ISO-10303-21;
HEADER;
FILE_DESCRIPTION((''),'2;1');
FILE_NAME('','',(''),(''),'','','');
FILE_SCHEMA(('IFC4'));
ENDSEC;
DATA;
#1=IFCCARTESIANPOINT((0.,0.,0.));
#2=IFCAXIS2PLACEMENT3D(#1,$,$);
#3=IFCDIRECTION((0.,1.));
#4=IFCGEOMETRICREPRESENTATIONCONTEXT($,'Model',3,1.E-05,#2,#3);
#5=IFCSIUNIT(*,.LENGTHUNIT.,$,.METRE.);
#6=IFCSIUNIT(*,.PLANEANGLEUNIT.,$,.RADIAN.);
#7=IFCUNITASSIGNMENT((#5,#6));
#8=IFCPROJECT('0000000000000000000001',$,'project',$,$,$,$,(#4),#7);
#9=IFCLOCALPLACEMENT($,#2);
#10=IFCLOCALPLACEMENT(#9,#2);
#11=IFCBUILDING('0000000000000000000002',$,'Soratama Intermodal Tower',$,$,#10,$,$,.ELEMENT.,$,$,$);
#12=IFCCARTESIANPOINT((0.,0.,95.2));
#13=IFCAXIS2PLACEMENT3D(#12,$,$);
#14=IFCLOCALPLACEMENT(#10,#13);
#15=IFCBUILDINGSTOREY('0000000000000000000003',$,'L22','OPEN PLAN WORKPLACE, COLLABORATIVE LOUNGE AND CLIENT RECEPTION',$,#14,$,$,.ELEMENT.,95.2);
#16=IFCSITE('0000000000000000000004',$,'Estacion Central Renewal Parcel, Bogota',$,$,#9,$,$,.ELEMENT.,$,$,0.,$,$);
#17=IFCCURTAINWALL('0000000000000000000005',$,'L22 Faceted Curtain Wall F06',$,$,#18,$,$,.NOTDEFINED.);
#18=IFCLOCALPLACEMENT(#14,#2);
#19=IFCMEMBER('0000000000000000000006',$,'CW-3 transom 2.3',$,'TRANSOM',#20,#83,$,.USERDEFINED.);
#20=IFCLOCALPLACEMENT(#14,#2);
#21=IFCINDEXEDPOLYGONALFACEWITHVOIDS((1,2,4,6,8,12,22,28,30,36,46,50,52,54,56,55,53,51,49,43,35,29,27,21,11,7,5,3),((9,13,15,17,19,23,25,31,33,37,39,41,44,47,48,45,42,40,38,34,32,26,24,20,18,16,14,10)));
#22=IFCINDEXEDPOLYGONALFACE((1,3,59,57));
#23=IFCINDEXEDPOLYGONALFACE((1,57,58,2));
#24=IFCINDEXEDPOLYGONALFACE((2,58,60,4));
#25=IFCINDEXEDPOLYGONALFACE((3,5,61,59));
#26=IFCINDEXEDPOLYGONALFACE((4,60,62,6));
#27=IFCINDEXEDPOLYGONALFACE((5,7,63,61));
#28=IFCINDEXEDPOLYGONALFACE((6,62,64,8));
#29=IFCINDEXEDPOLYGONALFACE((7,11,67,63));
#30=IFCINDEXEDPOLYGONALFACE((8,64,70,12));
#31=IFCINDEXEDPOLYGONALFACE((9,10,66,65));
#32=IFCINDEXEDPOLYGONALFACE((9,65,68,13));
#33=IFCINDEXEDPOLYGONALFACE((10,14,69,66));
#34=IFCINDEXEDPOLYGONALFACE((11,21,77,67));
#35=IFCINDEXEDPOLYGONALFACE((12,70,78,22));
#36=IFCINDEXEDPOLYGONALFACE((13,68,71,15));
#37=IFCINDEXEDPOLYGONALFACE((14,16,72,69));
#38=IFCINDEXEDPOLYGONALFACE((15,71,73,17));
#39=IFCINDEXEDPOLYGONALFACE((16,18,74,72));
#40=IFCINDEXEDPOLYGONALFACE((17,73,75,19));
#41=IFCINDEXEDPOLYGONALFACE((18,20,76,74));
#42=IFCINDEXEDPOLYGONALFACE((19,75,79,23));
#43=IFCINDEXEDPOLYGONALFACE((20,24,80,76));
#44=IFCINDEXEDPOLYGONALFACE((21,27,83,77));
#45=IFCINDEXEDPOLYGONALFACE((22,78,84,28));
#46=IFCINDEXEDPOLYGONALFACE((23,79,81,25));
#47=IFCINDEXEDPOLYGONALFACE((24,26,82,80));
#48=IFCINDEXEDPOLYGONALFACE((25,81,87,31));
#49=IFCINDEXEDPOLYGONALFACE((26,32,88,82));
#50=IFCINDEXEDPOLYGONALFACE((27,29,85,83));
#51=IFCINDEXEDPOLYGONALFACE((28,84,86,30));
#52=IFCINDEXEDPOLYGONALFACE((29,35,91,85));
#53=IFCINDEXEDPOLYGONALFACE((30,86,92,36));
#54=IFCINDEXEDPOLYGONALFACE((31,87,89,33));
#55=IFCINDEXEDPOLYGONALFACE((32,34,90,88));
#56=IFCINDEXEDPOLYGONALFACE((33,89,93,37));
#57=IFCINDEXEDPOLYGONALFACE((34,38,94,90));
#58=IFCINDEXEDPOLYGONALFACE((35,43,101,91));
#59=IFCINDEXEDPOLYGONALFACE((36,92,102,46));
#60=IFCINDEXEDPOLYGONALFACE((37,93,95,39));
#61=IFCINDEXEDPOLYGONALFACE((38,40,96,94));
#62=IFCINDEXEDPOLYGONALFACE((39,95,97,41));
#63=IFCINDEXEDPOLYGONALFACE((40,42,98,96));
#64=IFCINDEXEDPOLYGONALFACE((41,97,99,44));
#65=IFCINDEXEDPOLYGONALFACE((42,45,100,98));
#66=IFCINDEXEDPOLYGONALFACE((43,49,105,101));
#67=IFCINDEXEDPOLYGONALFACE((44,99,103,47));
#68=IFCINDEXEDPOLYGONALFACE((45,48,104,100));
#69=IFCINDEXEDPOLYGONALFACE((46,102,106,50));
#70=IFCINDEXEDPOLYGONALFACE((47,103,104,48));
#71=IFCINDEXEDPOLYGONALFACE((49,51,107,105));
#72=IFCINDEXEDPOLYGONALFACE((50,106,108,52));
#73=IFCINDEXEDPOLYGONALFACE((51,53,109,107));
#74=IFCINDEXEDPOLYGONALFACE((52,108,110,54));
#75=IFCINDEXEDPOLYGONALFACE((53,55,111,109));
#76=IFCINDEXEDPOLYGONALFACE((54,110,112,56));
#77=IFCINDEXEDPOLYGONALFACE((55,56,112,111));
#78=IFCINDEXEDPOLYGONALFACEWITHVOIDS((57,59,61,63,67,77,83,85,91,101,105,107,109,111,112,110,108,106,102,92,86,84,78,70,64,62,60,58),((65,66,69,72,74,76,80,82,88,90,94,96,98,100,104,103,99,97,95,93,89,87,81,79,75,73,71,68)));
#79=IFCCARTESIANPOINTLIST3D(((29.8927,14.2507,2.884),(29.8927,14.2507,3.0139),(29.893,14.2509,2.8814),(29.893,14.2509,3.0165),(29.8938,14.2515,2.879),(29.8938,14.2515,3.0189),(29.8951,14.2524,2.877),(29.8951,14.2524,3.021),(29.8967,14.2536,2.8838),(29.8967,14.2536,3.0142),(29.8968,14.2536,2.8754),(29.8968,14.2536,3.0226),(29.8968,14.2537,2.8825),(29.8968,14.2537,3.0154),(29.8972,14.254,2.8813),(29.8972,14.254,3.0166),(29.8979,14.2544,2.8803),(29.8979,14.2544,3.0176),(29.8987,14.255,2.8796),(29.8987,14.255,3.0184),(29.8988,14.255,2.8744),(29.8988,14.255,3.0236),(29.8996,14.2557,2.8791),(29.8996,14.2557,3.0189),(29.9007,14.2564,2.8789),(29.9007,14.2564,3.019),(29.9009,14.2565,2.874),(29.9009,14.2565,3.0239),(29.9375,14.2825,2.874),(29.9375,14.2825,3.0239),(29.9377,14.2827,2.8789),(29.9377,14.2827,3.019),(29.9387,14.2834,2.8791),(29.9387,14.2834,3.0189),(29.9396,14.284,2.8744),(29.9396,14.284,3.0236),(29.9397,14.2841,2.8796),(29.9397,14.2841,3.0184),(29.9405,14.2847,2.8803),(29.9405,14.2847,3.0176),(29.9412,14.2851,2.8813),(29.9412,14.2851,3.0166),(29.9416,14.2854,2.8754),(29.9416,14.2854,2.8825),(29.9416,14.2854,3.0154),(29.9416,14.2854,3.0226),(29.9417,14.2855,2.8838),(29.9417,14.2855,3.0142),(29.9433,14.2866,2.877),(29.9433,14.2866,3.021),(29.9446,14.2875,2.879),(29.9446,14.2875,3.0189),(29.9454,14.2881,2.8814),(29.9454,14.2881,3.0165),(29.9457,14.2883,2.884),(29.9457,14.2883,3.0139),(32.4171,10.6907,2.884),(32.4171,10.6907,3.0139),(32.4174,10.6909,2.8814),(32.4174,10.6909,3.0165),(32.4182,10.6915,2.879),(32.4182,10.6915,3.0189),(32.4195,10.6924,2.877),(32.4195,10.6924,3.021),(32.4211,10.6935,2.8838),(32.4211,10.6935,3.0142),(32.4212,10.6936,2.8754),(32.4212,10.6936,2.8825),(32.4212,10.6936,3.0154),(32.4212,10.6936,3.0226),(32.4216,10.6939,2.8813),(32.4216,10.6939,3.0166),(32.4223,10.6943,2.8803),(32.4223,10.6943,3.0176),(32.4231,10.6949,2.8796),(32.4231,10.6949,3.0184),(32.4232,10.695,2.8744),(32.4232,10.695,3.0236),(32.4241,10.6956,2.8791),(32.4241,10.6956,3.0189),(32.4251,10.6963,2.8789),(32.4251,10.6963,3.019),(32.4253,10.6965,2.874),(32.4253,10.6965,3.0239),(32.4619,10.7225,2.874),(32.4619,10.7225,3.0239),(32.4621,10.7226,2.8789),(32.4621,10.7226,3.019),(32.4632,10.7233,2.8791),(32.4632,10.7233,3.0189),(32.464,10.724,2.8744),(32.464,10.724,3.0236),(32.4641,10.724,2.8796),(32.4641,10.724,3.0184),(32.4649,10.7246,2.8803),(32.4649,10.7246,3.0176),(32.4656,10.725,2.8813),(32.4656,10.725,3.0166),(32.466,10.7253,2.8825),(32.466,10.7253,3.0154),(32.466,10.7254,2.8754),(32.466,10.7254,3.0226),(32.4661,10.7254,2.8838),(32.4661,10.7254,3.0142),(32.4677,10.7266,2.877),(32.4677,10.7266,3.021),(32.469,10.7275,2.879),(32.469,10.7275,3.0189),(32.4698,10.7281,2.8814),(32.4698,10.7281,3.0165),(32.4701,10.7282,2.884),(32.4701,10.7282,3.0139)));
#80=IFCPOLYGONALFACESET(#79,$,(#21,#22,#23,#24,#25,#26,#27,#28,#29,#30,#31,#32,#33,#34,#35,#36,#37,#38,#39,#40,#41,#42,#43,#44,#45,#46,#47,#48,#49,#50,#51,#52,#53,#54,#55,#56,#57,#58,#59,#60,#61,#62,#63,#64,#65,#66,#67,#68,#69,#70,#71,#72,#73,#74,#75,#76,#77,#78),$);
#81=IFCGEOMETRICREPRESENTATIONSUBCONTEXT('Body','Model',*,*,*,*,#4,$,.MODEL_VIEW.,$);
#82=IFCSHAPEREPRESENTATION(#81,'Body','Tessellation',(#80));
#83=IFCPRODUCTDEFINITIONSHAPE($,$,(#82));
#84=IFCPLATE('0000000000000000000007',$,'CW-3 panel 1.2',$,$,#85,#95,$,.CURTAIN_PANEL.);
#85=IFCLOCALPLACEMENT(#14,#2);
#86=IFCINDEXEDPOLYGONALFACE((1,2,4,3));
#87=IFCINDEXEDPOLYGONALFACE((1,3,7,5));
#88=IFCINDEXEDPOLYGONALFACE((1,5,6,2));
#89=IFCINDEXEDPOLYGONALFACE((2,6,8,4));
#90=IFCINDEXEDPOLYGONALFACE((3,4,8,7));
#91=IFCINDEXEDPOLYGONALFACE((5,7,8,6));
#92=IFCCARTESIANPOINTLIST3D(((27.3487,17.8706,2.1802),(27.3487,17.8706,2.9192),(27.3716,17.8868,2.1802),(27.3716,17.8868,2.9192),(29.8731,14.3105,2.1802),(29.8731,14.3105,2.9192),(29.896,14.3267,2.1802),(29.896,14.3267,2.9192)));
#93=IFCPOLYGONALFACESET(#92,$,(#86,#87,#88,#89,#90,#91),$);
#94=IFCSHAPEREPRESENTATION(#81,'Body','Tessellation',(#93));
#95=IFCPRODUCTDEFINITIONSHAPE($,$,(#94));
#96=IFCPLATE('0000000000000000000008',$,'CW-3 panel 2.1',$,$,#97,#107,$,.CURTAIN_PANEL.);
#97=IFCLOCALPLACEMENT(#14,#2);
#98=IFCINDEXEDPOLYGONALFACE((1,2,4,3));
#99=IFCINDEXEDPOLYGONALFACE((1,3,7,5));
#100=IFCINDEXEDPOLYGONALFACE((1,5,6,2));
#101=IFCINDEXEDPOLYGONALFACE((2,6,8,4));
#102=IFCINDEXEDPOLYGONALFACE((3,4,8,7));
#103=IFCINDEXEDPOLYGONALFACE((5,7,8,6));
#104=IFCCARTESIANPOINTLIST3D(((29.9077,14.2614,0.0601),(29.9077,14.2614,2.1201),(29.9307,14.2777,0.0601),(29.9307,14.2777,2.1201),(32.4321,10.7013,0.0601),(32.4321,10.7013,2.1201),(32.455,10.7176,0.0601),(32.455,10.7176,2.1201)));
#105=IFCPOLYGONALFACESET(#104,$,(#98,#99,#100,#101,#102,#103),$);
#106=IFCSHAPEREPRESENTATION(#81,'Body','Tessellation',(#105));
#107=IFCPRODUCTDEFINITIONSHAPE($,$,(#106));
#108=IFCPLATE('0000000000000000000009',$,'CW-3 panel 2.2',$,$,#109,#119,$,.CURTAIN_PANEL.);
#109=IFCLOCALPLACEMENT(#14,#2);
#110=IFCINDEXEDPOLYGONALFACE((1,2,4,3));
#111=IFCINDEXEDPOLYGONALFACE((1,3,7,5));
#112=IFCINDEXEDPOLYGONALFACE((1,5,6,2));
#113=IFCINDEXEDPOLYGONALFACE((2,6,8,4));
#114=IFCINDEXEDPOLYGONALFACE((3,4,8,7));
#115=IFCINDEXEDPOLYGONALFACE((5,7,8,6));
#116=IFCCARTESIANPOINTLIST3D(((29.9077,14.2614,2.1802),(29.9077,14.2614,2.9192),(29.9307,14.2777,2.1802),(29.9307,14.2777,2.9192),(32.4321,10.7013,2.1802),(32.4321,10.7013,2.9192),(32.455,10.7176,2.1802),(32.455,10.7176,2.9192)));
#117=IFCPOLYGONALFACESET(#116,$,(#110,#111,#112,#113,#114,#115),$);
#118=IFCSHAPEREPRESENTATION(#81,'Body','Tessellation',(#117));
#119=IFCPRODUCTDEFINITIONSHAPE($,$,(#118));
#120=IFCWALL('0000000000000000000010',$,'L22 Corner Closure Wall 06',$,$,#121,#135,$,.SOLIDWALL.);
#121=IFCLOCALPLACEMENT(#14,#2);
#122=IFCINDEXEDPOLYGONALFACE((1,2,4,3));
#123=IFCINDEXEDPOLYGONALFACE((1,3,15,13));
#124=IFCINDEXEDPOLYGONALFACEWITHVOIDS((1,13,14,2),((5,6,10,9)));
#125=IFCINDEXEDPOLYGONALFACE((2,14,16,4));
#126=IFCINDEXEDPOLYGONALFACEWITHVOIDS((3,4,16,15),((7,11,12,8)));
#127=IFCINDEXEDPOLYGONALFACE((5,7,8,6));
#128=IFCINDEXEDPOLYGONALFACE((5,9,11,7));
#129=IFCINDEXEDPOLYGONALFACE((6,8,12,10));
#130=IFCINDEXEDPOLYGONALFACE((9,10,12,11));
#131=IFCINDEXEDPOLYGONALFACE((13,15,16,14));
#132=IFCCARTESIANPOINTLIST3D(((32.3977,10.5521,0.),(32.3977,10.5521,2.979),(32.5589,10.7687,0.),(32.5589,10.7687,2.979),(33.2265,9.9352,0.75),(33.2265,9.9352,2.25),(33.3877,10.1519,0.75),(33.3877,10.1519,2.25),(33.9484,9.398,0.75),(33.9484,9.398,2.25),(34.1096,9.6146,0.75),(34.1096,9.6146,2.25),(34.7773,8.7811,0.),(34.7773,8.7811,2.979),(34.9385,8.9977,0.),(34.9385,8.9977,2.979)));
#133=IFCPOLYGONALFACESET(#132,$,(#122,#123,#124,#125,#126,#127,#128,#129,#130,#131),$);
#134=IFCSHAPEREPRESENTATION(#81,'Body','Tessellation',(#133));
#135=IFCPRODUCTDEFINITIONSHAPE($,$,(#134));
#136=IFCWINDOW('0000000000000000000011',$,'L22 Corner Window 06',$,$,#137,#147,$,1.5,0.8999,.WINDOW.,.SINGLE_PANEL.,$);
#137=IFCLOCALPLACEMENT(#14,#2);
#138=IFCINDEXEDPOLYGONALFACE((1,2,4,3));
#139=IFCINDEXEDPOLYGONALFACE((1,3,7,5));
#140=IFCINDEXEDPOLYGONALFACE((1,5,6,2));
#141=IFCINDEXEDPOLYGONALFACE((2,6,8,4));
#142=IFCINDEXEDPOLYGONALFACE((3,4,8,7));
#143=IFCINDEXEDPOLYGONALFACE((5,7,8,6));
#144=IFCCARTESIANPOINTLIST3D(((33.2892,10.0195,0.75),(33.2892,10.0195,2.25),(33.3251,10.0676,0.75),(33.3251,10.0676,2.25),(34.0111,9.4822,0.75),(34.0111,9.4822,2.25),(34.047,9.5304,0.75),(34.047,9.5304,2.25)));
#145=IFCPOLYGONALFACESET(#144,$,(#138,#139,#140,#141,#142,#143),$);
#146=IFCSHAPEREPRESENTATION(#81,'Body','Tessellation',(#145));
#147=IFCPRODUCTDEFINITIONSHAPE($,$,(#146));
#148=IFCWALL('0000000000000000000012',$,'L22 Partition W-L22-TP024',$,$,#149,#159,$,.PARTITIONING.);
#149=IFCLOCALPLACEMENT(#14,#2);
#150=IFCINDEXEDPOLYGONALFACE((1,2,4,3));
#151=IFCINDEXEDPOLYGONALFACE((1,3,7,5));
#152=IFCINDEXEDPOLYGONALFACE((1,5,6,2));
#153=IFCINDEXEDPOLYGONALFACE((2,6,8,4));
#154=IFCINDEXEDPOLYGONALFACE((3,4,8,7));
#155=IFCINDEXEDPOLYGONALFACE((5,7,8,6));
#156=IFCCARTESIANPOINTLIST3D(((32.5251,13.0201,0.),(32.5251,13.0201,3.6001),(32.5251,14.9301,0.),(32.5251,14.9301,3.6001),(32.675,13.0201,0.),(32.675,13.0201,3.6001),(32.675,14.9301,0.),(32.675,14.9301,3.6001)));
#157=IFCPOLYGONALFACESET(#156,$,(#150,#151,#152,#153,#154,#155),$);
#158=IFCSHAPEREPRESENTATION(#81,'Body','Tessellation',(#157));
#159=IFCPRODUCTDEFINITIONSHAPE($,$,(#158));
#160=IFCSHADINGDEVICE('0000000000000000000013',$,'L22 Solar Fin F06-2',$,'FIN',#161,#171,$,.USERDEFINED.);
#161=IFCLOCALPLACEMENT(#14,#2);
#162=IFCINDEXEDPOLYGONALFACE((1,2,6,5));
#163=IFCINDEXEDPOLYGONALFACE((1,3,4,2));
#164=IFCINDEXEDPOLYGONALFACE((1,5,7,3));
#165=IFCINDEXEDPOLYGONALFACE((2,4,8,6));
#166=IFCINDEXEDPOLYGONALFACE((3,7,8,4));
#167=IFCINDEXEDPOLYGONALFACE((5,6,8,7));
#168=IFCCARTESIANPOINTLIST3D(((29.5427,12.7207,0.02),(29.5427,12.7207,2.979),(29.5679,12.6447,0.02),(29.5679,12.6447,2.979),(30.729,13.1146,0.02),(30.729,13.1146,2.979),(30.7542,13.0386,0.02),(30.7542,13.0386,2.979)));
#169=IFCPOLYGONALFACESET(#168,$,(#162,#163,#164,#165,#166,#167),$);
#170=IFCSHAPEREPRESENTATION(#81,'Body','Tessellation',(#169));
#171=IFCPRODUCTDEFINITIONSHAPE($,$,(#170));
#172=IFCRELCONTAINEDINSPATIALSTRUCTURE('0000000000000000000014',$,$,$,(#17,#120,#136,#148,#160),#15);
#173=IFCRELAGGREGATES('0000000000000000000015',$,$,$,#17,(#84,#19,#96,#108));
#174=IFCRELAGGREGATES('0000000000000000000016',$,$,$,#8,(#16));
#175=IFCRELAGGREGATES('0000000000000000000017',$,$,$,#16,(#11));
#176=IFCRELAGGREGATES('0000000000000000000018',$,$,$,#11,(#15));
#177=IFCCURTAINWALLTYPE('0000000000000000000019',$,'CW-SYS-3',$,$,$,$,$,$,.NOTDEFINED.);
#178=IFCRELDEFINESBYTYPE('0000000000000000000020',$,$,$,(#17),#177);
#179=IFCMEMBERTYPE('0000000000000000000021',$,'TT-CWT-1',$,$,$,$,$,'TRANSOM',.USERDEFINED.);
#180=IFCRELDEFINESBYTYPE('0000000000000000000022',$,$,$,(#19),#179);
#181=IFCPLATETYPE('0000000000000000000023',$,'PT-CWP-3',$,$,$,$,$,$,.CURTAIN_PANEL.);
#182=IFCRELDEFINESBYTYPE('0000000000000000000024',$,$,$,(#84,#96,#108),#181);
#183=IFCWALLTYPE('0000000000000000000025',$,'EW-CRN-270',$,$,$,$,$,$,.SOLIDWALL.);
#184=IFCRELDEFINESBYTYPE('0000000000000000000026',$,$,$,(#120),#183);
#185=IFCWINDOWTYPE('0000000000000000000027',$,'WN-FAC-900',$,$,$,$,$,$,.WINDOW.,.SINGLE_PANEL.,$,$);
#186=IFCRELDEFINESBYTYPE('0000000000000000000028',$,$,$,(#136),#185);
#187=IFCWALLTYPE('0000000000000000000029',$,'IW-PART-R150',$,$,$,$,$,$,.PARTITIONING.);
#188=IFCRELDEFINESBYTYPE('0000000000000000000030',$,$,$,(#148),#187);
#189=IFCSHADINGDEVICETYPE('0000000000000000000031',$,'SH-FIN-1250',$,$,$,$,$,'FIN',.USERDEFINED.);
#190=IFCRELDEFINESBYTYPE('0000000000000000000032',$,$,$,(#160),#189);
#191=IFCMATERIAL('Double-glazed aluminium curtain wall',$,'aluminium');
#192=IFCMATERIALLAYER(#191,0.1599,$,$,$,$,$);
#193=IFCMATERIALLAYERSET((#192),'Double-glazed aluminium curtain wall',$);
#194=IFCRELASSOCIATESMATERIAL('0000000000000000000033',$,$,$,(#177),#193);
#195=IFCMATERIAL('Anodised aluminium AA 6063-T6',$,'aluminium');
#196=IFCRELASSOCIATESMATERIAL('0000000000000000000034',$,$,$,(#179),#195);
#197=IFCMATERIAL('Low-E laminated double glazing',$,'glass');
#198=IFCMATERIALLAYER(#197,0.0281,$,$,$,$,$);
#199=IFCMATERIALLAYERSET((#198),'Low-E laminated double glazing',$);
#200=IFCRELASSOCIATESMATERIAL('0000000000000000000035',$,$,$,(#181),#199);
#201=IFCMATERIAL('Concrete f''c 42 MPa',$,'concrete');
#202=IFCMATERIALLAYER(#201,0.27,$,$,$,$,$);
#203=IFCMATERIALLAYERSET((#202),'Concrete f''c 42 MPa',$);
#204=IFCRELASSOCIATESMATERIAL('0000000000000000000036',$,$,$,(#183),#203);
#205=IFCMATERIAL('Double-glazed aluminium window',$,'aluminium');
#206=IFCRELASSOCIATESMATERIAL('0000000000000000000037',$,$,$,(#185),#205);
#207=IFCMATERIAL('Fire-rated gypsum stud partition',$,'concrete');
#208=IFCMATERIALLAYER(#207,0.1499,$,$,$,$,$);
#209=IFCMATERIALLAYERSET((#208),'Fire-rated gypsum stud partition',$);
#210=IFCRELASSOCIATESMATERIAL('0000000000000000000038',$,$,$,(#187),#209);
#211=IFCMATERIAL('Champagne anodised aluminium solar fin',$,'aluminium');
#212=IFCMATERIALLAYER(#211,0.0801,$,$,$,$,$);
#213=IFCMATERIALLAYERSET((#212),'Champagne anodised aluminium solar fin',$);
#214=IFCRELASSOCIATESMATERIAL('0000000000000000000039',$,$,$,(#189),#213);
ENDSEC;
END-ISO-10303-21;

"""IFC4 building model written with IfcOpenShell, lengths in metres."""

from ifc_helpers import new_model, si_unit, direction, frame, frame_2d, origin, origin_2d, place, context, subcontext, project, spatial, rectangle, hollow_rectangle, extrude, material, layer, layer_set, material_profile, profile_set, type_object, element, fill, aggregate, save


model = new_model("IFC4")

# Units and contexts
model_context = context("Model", 3, precision=1e-05, world=origin(), true_north=direction((0.0, 1.0)))
body_context = subcontext(model_context, "Body", "Model", "MODEL_VIEW")
ifc_project = project(units=[si_unit("LENGTHUNIT", "METRE"), si_unit("PLANEANGLEUNIT", "RADIAN")], contexts=[model_context])

# Site, building, storey
site_placement = place(None, origin())
site = spatial("IfcSite", under=ifc_project, at=site_placement, Name="Estacion Central Renewal Parcel, Bogota", CompositionType="ELEMENT", RefElevation=0.0)
building_placement = place(site_placement, origin())
building = spatial("IfcBuilding", under=site, at=building_placement, Name="Soratama Intermodal Tower", CompositionType="ELEMENT")
storey_placement = place(building_placement, frame((0.0, 0.0, 95.2)))
storey = spatial("IfcBuildingStorey", under=building, at=storey_placement, Name="L22", Description="OPEN PLAN WORKPLACE, COLLABORATIVE LOUNGE AND CLIENT RECEPTION", CompositionType="ELEMENT", Elevation=95.2)

# Curtain wall, member, plates
ifc_material_1 = material(Name="Double-glazed aluminium curtain wall", Category="aluminium")
ifc_layer_1 = layer(ifc_material_1, 0.1599)
ifc_layer_set_1 = layer_set([ifc_layer_1], Name="Double-glazed aluminium curtain wall")
curtain_wall_type = type_object("IfcCurtainWallType", Name="CW-SYS-3", PredefinedType="NOTDEFINED", material=ifc_layer_set_1)
curtain_wall_placement = place(storey_placement, origin())
curtain_wall = element("IfcCurtainWall", 1, at=curtain_wall_placement, inside=storey, type_object=curtain_wall_type, Name="L22 Faceted Curtain Wall F06", PredefinedType="NOTDEFINED")
ifc_material_2 = material(Name="Anodised aluminium AA 6063-T6", Category="aluminium")
ifc_material_profile_1 = material_profile(ifc_material_2, hollow_rectangle(XDim=0.0649, YDim=0.1499, WallThickness=0.0049, InnerFilletRadius=0.0049, OuterFilletRadius=0.01, at=origin_2d()), Name="CWT150X65X5")
ifc_profile_set_1 = profile_set([ifc_material_profile_1], Name="Anodised aluminium AA 6063-T6")
member_type_1 = type_object("IfcMemberType", Name="TT-CWT-1", ElementType="TRANSOM", PredefinedType="USERDEFINED", material=ifc_profile_set_1)
member_1_placement = place(storey_placement, frame((29.9192, 14.2695, 2.949), z_axis=(0.57843, -0.815732, 0.0), x_axis=(0.815732, 0.57843, 0.0)))
member_1 = element("IfcMember", 2, at=member_1_placement, type_object=member_type_1, Name="CW-3 transom 2.3", ObjectType="TRANSOM", PredefinedType="USERDEFINED", context=body_context, shape_type="SweptSolid", body=[
    extrude(hollow_rectangle(XDim=0.0649, YDim=0.1499, WallThickness=0.0049, InnerFilletRadius=0.0049, OuterFilletRadius=0.01, at=origin_2d()), origin(), (0.0, 0.0, 1.0), 4.3643),
])
ifc_material_3 = material(Name="Low-E laminated double glazing", Category="glass")
ifc_layer_2 = layer(ifc_material_3, 0.0281)
ifc_layer_set_2 = layer_set([ifc_layer_2], Name="Low-E laminated double glazing")
plate_type = type_object("IfcPlateType", Name="PT-CWP-3", PredefinedType="CURTAIN_PANEL", material=ifc_layer_set_2)
plate_1_placement = place(storey_placement, frame((28.6223, 16.0986, 2.1802), z_axis=(0.0, 0.0, 1.0), x_axis=(0.578424, -0.815736, 0.0)))
plate_1 = element("IfcPlate", 3, at=plate_1_placement, type_object=plate_type, Name="CW-3 panel 1.2", PredefinedType="CURTAIN_PANEL", context=body_context, shape_type="SweptSolid", body=[
    extrude(rectangle(XDim=4.3643, YDim=0.0281, at=origin_2d()), origin(), (0.0, 0.0, 1.0), 0.739),
])
plate_2_placement = place(storey_placement, frame((31.1814, 12.4895, 0.0601), z_axis=(0.0, 0.0, 1.0), x_axis=(0.578424, -0.815736, 0.0)))
plate_2 = element("IfcPlate", 4, at=plate_2_placement, type_object=plate_type, Name="CW-3 panel 2.1", PredefinedType="CURTAIN_PANEL", context=body_context, shape_type="SweptSolid", body=[
    extrude(rectangle(XDim=4.3643, YDim=0.0281, at=origin_2d()), origin(), (0.0, 0.0, 1.0), 2.0601),
])
plate_3_placement = place(storey_placement, frame((31.1814, 12.4895, 2.1802), z_axis=(0.0, 0.0, 1.0), x_axis=(0.578424, -0.815736, 0.0)))
plate_3 = element("IfcPlate", 5, at=plate_3_placement, type_object=plate_type, Name="CW-3 panel 2.2", PredefinedType="CURTAIN_PANEL", context=body_context, shape_type="SweptSolid", body=[
    extrude(rectangle(XDim=4.3643, YDim=0.0281, at=origin_2d()), origin(), (0.0, 0.0, 1.0), 0.739),
])
aggregate(curtain_wall, [plate_1, member_1, plate_2, plate_3])

# Wall, opening, window
ifc_material_4 = material(Name="Concrete f'c 42 MPa", Category="concrete")
ifc_layer_3 = layer(ifc_material_4, 0.27)
ifc_layer_set_3 = layer_set([ifc_layer_3], Name="Concrete f'c 42 MPa")
wall_type_1 = type_object("IfcWallType", Name="EW-CRN-270", PredefinedType="SOLIDWALL", material=ifc_layer_set_3)
wall_1_placement = place(storey_placement, frame((32.4783, 10.6604, 0.0), z_axis=(0.0, 0.0, 1.0), x_axis=(0.802217, -0.597033, 0.0)))
wall_1 = element("IfcWall", 6, at=wall_1_placement, inside=storey, type_object=wall_type_1, Name="L22 Corner Closure Wall 06", PredefinedType="SOLIDWALL", context=body_context, shape_type="SweptSolid", body=[
    extrude(rectangle(XDim=2.9663, YDim=0.27, at=frame_2d((1.4832, 0.0))), origin(), (0.0, 0.0, 1.0), 2.979),
])
opening_placement = place(wall_1_placement, frame((1.0332, 0.0, 0.75)))
opening = element("IfcOpeningElement", 7, at=opening_placement, cuts=wall_1, PredefinedType="OPENING", context=body_context, shape_type="SweptSolid", body=[
    extrude(rectangle(XDim=0.8999, YDim=1.5, at=frame_2d((0.45, 0.75))), frame((0.0, 0.145, 0.0), z_axis=(0.0, -1.0, 0.0), x_axis=(1.0, 0.0, 0.0)), (0.0, 0.0, 1.0), 0.29),
])
ifc_material_5 = material(Name="Double-glazed aluminium window", Category="aluminium")
window_type = type_object("IfcWindowType", Name="WN-FAC-900", PartitioningType="SINGLE_PANEL", PredefinedType="WINDOW", material=ifc_material_5)
window_placement = place(opening_placement, origin())
window = element("IfcWindow", 8, at=window_placement, inside=storey, type_object=window_type, Name="L22 Corner Window 06", OverallHeight=1.5, OverallWidth=0.8999, PartitioningType="SINGLE_PANEL", PredefinedType="WINDOW", context=body_context, shape_type="SweptSolid", body=[
    extrude(rectangle(XDim=0.8999, YDim=1.5, at=frame_2d((0.45, 0.75))), frame((0.0, 0.03, 0.0), z_axis=(0.0, -1.0, 0.0), x_axis=(1.0, 0.0, 0.0)), (0.0, 0.0, 1.0), 0.0601),
])
fill(opening, window)

# Wall
ifc_material_6 = material(Name="Fire-rated gypsum stud partition", Category="concrete")
ifc_layer_4 = layer(ifc_material_6, 0.1499)
ifc_layer_set_4 = layer_set([ifc_layer_4], Name="Fire-rated gypsum stud partition")
wall_type_2 = type_object("IfcWallType", Name="IW-PART-R150", PredefinedType="PARTITIONING", material=ifc_layer_set_4)
wall_2_placement = place(storey_placement, frame((32.6001, 13.02, 0.0), z_axis=(0.0, 0.0, 1.0), x_axis=(0.0, 1.0, 0.0)))
element("IfcWall", 9, at=wall_2_placement, inside=storey, type_object=wall_type_2, Name="L22 Partition W-L22-TP024", PredefinedType="PARTITIONING", context=body_context, shape_type="SweptSolid", body=[
    extrude(rectangle(XDim=1.9099, YDim=0.1499, at=frame_2d((0.9551, 0.0))), origin(), (0.0, 0.0, 1.0), 3.6001),
])

# Shading device
ifc_material_7 = material(Name="Champagne anodised aluminium solar fin", Category="aluminium")
ifc_layer_5 = layer(ifc_material_7, 0.0801)
ifc_layer_set_5 = layer_set([ifc_layer_5], Name="Champagne anodised aluminium solar fin")
shading_device_type = type_object("IfcShadingDeviceType", Name="SH-FIN-1250", ElementType="FIN", PredefinedType="USERDEFINED", material=ifc_layer_set_5)
shading_device_placement = place(storey_placement, frame((30.1484, 12.8796, 0.02), z_axis=(0.0, 0.0, 1.0), x_axis=(-0.949041, -0.315152, 0.0)))
element("IfcShadingDevice", 10, at=shading_device_placement, inside=storey, type_object=shading_device_type, Name="L22 Solar Fin F06-2", ObjectType="FIN", PredefinedType="USERDEFINED", context=body_context, shape_type="SweptSolid", body=[
    extrude(rectangle(XDim=1.25, YDim=0.0801, at=origin_2d()), origin(), (0.0, 0.0, 1.0), 2.959),
])

save(model, "model.ifc")
